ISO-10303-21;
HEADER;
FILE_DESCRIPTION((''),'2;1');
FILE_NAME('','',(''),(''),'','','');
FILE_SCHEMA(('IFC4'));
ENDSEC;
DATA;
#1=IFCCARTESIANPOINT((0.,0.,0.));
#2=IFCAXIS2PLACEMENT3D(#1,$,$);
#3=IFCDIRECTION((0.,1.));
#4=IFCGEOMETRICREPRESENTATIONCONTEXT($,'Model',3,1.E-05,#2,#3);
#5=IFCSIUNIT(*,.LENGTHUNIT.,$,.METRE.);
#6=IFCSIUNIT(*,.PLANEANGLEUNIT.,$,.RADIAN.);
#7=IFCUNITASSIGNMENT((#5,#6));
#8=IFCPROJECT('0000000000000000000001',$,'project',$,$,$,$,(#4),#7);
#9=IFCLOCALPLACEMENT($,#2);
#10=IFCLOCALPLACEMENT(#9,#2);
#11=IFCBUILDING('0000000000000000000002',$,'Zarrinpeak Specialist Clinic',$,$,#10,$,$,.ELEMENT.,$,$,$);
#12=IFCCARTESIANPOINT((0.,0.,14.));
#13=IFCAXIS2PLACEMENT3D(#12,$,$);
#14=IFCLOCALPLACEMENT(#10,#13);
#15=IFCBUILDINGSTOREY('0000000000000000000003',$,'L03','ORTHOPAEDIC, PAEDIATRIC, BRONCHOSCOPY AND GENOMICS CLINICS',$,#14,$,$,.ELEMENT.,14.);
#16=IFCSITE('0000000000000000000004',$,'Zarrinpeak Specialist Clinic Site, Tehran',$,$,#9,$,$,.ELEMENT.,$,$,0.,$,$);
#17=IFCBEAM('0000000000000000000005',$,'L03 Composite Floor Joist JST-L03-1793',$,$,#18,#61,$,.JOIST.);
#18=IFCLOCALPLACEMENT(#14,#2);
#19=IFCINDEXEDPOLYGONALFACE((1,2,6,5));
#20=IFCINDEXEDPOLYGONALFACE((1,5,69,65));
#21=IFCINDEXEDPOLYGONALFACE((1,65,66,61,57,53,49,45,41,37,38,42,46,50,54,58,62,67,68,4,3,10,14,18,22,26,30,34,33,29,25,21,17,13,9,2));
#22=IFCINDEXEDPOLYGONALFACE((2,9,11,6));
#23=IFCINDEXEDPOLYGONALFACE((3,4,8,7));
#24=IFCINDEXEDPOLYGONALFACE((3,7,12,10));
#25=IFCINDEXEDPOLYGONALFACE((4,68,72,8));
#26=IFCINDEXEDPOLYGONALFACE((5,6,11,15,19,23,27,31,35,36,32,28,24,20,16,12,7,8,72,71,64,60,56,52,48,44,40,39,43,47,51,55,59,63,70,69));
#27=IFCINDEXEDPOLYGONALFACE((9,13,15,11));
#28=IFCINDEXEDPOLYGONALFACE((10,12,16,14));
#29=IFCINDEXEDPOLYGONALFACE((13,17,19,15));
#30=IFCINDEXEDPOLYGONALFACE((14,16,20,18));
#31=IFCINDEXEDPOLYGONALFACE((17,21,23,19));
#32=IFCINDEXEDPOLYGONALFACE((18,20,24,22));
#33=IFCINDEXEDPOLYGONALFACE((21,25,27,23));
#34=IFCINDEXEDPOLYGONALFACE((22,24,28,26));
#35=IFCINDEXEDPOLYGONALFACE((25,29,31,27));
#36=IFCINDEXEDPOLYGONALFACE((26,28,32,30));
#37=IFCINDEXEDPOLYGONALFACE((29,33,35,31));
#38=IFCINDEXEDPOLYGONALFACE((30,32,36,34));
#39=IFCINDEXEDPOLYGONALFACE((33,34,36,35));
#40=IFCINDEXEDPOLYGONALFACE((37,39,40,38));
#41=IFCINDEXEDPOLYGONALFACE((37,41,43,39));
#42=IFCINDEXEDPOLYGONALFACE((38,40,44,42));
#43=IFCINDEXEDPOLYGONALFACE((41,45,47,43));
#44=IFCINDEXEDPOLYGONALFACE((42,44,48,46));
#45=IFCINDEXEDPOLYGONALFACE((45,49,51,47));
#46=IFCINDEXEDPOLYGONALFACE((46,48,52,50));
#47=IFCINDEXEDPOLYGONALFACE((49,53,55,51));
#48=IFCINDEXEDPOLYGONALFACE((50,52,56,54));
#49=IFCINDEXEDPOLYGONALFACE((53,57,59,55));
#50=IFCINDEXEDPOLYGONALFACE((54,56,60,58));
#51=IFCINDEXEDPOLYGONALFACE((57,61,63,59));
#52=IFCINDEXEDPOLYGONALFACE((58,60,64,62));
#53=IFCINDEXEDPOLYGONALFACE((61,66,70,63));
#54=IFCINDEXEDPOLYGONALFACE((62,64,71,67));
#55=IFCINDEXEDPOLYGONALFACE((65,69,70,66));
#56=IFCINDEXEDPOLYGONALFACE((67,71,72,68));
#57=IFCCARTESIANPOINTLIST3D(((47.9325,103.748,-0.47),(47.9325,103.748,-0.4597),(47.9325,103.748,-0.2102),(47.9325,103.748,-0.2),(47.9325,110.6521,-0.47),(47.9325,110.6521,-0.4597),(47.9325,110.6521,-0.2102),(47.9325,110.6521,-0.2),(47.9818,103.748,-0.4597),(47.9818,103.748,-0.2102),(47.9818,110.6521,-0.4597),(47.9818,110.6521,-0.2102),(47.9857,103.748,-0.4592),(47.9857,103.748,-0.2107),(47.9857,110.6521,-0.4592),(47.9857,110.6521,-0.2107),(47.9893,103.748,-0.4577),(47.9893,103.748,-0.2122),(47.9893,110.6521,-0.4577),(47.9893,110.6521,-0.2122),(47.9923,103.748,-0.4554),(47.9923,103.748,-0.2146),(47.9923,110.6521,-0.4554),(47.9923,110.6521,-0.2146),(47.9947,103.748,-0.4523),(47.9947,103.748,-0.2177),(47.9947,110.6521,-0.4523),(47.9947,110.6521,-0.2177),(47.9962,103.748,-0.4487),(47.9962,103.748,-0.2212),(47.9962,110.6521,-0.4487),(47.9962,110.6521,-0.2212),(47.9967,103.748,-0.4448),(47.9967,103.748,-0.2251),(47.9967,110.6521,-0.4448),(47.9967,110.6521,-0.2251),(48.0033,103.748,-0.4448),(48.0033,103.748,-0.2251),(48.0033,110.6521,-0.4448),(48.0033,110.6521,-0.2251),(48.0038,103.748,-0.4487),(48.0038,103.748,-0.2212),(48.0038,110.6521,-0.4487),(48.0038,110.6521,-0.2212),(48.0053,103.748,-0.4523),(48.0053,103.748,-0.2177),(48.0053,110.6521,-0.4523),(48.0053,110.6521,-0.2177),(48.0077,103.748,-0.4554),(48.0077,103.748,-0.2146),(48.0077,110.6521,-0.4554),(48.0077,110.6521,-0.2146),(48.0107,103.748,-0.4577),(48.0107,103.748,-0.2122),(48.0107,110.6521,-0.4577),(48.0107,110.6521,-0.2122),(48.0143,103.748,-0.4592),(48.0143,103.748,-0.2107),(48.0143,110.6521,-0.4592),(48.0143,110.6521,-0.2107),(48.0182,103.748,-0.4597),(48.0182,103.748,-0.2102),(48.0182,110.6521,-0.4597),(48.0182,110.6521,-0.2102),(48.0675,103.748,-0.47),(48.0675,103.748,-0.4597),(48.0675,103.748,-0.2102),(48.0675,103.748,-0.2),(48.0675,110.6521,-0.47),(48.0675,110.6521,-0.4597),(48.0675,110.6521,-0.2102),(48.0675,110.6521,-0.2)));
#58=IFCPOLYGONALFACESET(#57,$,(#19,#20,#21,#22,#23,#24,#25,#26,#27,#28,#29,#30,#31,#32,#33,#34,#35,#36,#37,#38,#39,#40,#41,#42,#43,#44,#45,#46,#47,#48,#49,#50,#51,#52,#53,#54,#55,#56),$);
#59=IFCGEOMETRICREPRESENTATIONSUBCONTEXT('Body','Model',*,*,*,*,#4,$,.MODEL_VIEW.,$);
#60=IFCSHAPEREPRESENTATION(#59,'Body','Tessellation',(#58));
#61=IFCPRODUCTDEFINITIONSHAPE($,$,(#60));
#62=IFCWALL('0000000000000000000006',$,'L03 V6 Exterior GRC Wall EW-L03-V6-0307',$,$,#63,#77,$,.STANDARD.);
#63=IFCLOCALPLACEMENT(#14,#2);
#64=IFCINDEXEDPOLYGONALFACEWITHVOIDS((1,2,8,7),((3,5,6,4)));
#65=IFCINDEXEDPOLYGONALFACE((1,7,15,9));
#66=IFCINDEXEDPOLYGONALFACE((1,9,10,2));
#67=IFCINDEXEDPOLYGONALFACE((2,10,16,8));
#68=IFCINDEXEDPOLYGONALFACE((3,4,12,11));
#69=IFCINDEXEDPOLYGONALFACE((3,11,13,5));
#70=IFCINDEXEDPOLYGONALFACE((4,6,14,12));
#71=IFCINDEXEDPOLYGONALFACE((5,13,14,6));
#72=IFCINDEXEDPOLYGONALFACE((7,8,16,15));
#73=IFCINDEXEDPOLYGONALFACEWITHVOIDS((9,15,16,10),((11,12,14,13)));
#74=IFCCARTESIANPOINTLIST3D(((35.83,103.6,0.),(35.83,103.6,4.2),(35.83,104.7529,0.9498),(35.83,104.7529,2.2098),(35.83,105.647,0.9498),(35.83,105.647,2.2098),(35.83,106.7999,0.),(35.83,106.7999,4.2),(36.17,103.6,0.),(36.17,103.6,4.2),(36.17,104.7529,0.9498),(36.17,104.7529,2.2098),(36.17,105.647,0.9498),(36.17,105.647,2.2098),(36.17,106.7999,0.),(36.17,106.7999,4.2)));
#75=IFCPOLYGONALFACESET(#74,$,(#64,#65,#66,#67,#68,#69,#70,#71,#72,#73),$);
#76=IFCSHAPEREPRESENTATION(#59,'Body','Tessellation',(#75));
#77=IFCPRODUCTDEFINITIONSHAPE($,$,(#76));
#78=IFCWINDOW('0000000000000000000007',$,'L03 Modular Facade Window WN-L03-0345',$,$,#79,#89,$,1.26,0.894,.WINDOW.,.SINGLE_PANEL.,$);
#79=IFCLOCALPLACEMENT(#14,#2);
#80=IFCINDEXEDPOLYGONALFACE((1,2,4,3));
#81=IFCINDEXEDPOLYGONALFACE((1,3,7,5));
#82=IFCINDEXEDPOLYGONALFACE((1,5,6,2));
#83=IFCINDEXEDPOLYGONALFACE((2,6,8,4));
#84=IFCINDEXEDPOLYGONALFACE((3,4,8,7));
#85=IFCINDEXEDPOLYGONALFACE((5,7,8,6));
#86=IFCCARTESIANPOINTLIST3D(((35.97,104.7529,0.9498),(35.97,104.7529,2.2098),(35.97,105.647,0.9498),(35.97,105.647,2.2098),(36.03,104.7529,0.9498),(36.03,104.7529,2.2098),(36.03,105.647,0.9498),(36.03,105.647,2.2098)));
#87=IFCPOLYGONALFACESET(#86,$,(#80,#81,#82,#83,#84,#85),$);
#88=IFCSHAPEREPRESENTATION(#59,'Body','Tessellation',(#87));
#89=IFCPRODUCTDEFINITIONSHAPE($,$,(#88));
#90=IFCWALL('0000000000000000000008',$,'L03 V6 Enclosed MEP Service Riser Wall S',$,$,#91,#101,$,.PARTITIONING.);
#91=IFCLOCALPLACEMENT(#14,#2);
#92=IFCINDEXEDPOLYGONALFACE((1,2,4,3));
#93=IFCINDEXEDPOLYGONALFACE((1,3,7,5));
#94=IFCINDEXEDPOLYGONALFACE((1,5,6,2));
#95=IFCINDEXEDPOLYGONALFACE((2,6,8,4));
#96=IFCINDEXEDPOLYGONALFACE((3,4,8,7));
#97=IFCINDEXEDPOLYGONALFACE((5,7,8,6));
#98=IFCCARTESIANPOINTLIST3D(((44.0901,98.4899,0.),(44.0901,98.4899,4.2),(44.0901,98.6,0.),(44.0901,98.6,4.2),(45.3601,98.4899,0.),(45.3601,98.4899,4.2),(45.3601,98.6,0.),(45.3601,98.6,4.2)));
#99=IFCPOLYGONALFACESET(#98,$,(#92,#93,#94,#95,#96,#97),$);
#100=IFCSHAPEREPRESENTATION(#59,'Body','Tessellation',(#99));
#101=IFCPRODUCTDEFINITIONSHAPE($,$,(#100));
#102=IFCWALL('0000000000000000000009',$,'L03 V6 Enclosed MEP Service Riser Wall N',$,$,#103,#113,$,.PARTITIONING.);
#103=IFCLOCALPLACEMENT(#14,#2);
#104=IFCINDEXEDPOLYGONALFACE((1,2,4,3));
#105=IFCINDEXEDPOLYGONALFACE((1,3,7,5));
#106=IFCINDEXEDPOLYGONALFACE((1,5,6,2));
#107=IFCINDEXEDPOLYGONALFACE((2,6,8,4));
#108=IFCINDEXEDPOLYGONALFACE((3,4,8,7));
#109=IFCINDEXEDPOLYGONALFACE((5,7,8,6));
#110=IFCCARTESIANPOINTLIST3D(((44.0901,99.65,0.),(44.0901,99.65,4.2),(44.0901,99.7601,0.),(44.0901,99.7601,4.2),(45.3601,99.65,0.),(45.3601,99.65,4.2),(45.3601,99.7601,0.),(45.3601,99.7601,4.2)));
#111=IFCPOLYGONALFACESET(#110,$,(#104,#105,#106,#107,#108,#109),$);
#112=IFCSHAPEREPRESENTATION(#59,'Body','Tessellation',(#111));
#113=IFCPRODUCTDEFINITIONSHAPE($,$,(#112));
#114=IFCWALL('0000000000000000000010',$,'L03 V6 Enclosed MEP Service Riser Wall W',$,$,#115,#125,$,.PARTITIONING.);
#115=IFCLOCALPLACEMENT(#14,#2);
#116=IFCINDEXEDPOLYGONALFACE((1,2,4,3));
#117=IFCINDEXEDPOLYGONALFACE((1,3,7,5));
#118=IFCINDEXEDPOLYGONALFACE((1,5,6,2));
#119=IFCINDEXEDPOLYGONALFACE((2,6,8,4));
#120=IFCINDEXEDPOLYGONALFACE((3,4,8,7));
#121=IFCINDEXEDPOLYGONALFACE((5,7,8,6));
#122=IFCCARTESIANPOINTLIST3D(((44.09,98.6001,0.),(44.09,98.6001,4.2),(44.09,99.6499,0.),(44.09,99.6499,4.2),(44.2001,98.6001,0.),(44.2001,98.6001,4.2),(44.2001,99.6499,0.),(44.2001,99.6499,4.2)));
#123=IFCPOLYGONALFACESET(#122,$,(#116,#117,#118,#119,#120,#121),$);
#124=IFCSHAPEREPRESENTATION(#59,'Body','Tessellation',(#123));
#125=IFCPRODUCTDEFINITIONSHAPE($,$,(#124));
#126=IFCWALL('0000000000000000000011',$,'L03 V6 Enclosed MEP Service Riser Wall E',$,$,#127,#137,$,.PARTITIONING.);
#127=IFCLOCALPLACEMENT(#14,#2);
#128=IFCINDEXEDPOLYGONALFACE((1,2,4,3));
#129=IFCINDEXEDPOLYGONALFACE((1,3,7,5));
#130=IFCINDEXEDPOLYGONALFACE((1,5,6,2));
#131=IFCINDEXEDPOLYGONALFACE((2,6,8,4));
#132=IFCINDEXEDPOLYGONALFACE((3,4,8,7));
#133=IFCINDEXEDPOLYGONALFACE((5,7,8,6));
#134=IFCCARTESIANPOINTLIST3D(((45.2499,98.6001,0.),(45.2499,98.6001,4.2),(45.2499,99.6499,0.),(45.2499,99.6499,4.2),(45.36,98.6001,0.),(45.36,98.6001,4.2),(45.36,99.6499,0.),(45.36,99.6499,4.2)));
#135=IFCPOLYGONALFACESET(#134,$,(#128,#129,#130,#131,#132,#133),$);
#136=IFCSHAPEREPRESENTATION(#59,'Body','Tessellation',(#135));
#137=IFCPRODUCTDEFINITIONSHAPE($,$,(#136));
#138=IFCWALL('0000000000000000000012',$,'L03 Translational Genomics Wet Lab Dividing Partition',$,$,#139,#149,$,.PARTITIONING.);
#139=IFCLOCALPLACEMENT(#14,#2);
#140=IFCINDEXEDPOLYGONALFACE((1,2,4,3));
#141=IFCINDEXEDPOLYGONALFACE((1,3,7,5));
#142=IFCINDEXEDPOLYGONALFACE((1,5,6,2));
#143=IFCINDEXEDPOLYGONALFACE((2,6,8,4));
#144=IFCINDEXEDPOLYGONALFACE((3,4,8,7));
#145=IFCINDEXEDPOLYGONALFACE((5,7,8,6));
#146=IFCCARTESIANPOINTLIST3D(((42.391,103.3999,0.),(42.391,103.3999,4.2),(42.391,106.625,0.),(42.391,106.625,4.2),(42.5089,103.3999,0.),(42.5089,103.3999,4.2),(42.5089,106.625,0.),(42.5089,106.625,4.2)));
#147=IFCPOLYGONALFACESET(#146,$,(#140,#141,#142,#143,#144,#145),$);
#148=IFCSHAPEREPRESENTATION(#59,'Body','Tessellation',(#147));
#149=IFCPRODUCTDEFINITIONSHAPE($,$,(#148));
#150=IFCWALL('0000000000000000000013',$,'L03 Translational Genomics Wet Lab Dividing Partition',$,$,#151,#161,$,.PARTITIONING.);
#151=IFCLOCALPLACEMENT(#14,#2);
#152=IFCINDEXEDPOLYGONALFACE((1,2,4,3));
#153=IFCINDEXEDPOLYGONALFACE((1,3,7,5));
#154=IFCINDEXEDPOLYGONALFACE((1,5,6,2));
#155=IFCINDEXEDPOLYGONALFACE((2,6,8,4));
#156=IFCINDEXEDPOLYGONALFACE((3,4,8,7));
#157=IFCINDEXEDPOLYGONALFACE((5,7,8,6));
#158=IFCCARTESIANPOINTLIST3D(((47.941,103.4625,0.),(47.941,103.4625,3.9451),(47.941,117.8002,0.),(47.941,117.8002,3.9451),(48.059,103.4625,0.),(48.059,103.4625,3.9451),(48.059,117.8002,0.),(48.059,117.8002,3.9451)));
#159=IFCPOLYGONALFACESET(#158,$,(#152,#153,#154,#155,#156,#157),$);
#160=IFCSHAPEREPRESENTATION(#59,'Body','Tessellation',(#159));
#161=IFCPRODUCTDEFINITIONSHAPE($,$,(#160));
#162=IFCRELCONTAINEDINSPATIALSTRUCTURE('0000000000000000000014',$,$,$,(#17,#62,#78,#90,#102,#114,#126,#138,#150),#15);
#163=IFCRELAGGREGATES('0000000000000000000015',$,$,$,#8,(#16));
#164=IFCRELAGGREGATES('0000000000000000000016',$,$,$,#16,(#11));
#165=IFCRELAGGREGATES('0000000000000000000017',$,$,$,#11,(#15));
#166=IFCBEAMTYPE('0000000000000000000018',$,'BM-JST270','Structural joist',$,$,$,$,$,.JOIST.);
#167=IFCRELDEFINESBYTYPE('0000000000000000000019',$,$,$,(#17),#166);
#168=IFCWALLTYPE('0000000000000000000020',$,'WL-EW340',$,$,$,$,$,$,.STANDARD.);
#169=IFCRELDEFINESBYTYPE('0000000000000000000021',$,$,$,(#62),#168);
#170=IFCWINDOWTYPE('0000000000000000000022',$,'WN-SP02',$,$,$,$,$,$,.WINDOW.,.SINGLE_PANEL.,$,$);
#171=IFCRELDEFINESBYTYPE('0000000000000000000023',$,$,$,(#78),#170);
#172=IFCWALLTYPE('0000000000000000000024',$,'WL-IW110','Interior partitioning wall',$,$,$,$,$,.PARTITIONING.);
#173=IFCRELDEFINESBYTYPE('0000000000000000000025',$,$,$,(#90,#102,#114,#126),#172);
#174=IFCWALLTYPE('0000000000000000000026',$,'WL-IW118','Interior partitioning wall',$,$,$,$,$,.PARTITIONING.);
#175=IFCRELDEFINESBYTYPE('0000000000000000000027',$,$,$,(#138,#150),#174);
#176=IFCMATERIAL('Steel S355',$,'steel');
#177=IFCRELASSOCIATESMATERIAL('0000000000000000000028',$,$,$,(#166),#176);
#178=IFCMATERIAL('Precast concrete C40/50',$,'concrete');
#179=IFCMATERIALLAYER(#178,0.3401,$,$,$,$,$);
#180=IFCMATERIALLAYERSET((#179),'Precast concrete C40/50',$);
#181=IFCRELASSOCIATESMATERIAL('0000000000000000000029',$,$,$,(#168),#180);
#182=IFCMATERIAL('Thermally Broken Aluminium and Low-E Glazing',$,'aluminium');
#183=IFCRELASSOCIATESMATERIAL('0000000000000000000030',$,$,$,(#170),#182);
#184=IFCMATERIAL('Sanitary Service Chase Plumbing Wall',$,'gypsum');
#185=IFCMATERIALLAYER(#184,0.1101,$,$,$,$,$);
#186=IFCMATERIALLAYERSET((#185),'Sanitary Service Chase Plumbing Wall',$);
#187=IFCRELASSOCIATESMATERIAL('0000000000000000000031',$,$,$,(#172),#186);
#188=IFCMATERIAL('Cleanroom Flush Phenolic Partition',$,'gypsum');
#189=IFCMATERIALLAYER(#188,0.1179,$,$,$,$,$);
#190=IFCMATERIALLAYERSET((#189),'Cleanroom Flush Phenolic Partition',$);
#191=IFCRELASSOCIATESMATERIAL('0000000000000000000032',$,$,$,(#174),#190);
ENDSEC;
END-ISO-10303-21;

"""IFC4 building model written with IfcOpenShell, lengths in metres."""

from ifc_helpers import new_model, si_unit, direction, frame, frame_2d, origin, origin_2d, place, context, subcontext, project, spatial, rectangle, i_section, extrude, material, layer, layer_set, material_profile, profile_set, type_object, element, fill, save


model = new_model("IFC4")

# Units and contexts
model_context = context("Model", 3, precision=1e-05, world=origin(), true_north=direction((0.0, 1.0)))
body_context = subcontext(model_context, "Body", "Model", "MODEL_VIEW")
ifc_project = project(units=[si_unit("LENGTHUNIT", "METRE"), si_unit("PLANEANGLEUNIT", "RADIAN")], contexts=[model_context])

# Site, building, storey
site_placement = place(None, origin())
site = spatial("IfcSite", under=ifc_project, at=site_placement, Name="Zarrinpeak Specialist Clinic Site, Tehran", CompositionType="ELEMENT", RefElevation=0.0)
building_placement = place(site_placement, origin())
building = spatial("IfcBuilding", under=site, at=building_placement, Name="Zarrinpeak Specialist Clinic", CompositionType="ELEMENT")
storey_placement = place(building_placement, frame((0.0, 0.0, 14.0)))
storey = spatial("IfcBuildingStorey", under=building, at=storey_placement, Name="L03", Description="ORTHOPAEDIC, PAEDIATRIC, BRONCHOSCOPY AND GENOMICS CLINICS", CompositionType="ELEMENT", Elevation=14.0)

# Shared definitions
ifc_material_1 = material(Name="Steel S355", Category="steel")

# Beam
ifc_material_profile_1 = material_profile(ifc_material_1, i_section(OverallWidth=0.135, OverallDepth=0.27, WebThickness=0.0066, FlangeThickness=0.0103, FilletRadius=0.0149, at=origin_2d()), Name="IPE 270")
ifc_profile_set_1 = profile_set([ifc_material_profile_1], Name="Steel S355")
beam_type_1 = type_object("IfcBeamType", Name="BM-JST270", Description="Structural joist", PredefinedType="JOIST", material=ifc_profile_set_1)
for number, where, z_axis, x_axis, name in (
    (1, (48.0, 103.748, -0.335), (0.0, 1.0, 0.0), (-1.0, 0.0, 0.0), "L03 Composite Floor Joist JST-L03-1793"),
):
    element("IfcBeam", number, at=place(storey_placement, frame(where, z_axis=z_axis, x_axis=x_axis)), inside=storey, type_object=beam_type_1, Name=name, PredefinedType="JOIST", context=body_context, shape_type="SweptSolid", body=[
        extrude(i_section(OverallWidth=0.135, OverallDepth=0.27, WebThickness=0.0066, FlangeThickness=0.0103, FilletRadius=0.0149, at=origin_2d()), origin(), (0.0, 0.0, 1.0), 6.9041),
    ])

# Wall, opening, window
ifc_material_2 = material(Name="Precast concrete C40/50", Category="concrete")
ifc_layer_1 = layer(ifc_material_2, 0.3401)
ifc_layer_set_1 = layer_set([ifc_layer_1], Name="Precast concrete C40/50")
wall_type_1 = type_object("IfcWallType", Name="WL-EW340", PredefinedType="STANDARD", material=ifc_layer_set_1)
wall_1_placement = place(storey_placement, frame((36.0, 106.8, 0.0), z_axis=(0.0, 0.0, 1.0), x_axis=(0.0, -1.0, 0.0)))
wall_1 = element("IfcWall", 2, at=wall_1_placement, inside=storey, type_object=wall_type_1, Name="L03 V6 Exterior GRC Wall EW-L03-V6-0307", PredefinedType="STANDARD", context=body_context, shape_type="SweptSolid", body=[
    extrude(rectangle(XDim=3.2, YDim=0.3401, at=frame_2d((1.6001, 0.0))), origin(), (0.0, 0.0, 1.0), 4.2),
])
opening_1_placement = place(wall_1_placement, frame((1.1531, 0.0, 0.95)))
opening_1 = element("IfcOpeningElement", 3, at=opening_1_placement, cuts=wall_1, PredefinedType="OPENING", context=body_context, shape_type="SweptSolid", body=[
    extrude(rectangle(XDim=0.894, YDim=1.26, at=frame_2d((0.447, 0.6299))), frame((0.0, 0.1802, 0.0), z_axis=(0.0, -1.0, 0.0), x_axis=(1.0, 0.0, 0.0)), (0.0, 0.0, 1.0), 0.3601),
])
ifc_material_3 = material(Name="Thermally Broken Aluminium and Low-E Glazing", Category="aluminium")
window_type = type_object("IfcWindowType", Name="WN-SP02", PartitioningType="SINGLE_PANEL", PredefinedType="WINDOW", material=ifc_material_3)
window_placement = place(opening_1_placement, origin())
window = element("IfcWindow", 4, at=window_placement, inside=storey, type_object=window_type, Name="L03 Modular Facade Window WN-L03-0345", OverallHeight=1.26, OverallWidth=0.894, PartitioningType="SINGLE_PANEL", PredefinedType="WINDOW", context=body_context, shape_type="SweptSolid", body=[
    extrude(rectangle(XDim=0.894, YDim=1.26, at=frame_2d((0.447, 0.6299))), frame((0.0, 0.03, 0.0), z_axis=(0.0, -1.0, 0.0), x_axis=(1.0, 0.0, 0.0)), (0.0, 0.0, 1.0), 0.0601),
])
fill(opening_1, window)

# Walls
ifc_material_4 = material(Name="Sanitary Service Chase Plumbing Wall", Category="gypsum")
ifc_layer_2 = layer(ifc_material_4, 0.1101)
ifc_layer_set_2 = layer_set([ifc_layer_2], Name="Sanitary Service Chase Plumbing Wall")
wall_type_2 = type_object("IfcWallType", Name="WL-IW110", Description="Interior partitioning wall", PredefinedType="PARTITIONING", material=ifc_layer_set_2)
for number, where, z_axis, x_axis, name in (
    (5, (44.0901, 98.5449, 0.0), (0.0, 0.0, 1.0), (1.0, 0.0, 0.0), "L03 V6 Enclosed MEP Service Riser Wall S"),
    (6, (44.0901, 99.7051, 0.0), (0.0, 0.0, 1.0), (1.0, 0.0, 0.0), "L03 V6 Enclosed MEP Service Riser Wall N"),
):
    element("IfcWall", number, at=place(storey_placement, frame(where, z_axis=z_axis, x_axis=x_axis)), inside=storey, type_object=wall_type_2, Name=name, PredefinedType="PARTITIONING", context=body_context, shape_type="SweptSolid", body=[
        extrude(rectangle(XDim=1.27, YDim=0.1101, at=frame_2d((0.635, 0.0))), origin(), (0.0, 0.0, 1.0), 4.2),
    ])
for number, where, z_axis, x_axis, name in (
    (7, (44.145, 98.6001, 0.0), (0.0, 0.0, 1.0), (0.0, 1.0, 0.0), "L03 V6 Enclosed MEP Service Riser Wall W"),
    (8, (45.3049, 98.6001, 0.0), (0.0, 0.0, 1.0), (0.0, 1.0, 0.0), "L03 V6 Enclosed MEP Service Riser Wall E"),
):
    element("IfcWall", number, at=place(storey_placement, frame(where, z_axis=z_axis, x_axis=x_axis)), inside=storey, type_object=wall_type_2, Name=name, PredefinedType="PARTITIONING", context=body_context, shape_type="SweptSolid", body=[
        extrude(rectangle(XDim=1.0498, YDim=0.1101, at=frame_2d((0.5249, 0.0))), origin(), (0.0, 0.0, 1.0), 4.2),
    ])
ifc_material_5 = material(Name="Cleanroom Flush Phenolic Partition", Category="gypsum")
ifc_layer_3 = layer(ifc_material_5, 0.1179)
ifc_layer_set_3 = layer_set([ifc_layer_3], Name="Cleanroom Flush Phenolic Partition")
wall_type_3 = type_object("IfcWallType", Name="WL-IW118", Description="Interior partitioning wall", PredefinedType="PARTITIONING", material=ifc_layer_set_3)
wall_2_placement = place(storey_placement, frame((42.45, 103.3999, 0.0), z_axis=(0.0, 0.0, 1.0), x_axis=(0.0, 1.0, 0.0)))
element("IfcWall", 9, at=wall_2_placement, inside=storey, type_object=wall_type_3, Name="L03 Translational Genomics Wet Lab Dividing Partition", PredefinedType="PARTITIONING", context=body_context, shape_type="SweptSolid", body=[
    extrude(rectangle(XDim=3.2251, YDim=0.1179, at=frame_2d((1.6125, 0.0))), origin(), (0.0, 0.0, 1.0), 4.2),
])
wall_3_placement = place(storey_placement, frame((48.0, 103.4624, 0.0), z_axis=(0.0, 0.0, 1.0), x_axis=(0.0, 1.0, 0.0)))
element("IfcWall", 10, at=wall_3_placement, inside=storey, type_object=wall_type_3, Name="L03 Translational Genomics Wet Lab Dividing Partition", PredefinedType="PARTITIONING", context=body_context, shape_type="SweptSolid", body=[
    extrude(rectangle(XDim=14.3376, YDim=0.1179, at=frame_2d((7.1689, 0.0))), origin(), (0.0, 0.0, 1.0), 3.9451),
])

save(model, "model.ifc")
